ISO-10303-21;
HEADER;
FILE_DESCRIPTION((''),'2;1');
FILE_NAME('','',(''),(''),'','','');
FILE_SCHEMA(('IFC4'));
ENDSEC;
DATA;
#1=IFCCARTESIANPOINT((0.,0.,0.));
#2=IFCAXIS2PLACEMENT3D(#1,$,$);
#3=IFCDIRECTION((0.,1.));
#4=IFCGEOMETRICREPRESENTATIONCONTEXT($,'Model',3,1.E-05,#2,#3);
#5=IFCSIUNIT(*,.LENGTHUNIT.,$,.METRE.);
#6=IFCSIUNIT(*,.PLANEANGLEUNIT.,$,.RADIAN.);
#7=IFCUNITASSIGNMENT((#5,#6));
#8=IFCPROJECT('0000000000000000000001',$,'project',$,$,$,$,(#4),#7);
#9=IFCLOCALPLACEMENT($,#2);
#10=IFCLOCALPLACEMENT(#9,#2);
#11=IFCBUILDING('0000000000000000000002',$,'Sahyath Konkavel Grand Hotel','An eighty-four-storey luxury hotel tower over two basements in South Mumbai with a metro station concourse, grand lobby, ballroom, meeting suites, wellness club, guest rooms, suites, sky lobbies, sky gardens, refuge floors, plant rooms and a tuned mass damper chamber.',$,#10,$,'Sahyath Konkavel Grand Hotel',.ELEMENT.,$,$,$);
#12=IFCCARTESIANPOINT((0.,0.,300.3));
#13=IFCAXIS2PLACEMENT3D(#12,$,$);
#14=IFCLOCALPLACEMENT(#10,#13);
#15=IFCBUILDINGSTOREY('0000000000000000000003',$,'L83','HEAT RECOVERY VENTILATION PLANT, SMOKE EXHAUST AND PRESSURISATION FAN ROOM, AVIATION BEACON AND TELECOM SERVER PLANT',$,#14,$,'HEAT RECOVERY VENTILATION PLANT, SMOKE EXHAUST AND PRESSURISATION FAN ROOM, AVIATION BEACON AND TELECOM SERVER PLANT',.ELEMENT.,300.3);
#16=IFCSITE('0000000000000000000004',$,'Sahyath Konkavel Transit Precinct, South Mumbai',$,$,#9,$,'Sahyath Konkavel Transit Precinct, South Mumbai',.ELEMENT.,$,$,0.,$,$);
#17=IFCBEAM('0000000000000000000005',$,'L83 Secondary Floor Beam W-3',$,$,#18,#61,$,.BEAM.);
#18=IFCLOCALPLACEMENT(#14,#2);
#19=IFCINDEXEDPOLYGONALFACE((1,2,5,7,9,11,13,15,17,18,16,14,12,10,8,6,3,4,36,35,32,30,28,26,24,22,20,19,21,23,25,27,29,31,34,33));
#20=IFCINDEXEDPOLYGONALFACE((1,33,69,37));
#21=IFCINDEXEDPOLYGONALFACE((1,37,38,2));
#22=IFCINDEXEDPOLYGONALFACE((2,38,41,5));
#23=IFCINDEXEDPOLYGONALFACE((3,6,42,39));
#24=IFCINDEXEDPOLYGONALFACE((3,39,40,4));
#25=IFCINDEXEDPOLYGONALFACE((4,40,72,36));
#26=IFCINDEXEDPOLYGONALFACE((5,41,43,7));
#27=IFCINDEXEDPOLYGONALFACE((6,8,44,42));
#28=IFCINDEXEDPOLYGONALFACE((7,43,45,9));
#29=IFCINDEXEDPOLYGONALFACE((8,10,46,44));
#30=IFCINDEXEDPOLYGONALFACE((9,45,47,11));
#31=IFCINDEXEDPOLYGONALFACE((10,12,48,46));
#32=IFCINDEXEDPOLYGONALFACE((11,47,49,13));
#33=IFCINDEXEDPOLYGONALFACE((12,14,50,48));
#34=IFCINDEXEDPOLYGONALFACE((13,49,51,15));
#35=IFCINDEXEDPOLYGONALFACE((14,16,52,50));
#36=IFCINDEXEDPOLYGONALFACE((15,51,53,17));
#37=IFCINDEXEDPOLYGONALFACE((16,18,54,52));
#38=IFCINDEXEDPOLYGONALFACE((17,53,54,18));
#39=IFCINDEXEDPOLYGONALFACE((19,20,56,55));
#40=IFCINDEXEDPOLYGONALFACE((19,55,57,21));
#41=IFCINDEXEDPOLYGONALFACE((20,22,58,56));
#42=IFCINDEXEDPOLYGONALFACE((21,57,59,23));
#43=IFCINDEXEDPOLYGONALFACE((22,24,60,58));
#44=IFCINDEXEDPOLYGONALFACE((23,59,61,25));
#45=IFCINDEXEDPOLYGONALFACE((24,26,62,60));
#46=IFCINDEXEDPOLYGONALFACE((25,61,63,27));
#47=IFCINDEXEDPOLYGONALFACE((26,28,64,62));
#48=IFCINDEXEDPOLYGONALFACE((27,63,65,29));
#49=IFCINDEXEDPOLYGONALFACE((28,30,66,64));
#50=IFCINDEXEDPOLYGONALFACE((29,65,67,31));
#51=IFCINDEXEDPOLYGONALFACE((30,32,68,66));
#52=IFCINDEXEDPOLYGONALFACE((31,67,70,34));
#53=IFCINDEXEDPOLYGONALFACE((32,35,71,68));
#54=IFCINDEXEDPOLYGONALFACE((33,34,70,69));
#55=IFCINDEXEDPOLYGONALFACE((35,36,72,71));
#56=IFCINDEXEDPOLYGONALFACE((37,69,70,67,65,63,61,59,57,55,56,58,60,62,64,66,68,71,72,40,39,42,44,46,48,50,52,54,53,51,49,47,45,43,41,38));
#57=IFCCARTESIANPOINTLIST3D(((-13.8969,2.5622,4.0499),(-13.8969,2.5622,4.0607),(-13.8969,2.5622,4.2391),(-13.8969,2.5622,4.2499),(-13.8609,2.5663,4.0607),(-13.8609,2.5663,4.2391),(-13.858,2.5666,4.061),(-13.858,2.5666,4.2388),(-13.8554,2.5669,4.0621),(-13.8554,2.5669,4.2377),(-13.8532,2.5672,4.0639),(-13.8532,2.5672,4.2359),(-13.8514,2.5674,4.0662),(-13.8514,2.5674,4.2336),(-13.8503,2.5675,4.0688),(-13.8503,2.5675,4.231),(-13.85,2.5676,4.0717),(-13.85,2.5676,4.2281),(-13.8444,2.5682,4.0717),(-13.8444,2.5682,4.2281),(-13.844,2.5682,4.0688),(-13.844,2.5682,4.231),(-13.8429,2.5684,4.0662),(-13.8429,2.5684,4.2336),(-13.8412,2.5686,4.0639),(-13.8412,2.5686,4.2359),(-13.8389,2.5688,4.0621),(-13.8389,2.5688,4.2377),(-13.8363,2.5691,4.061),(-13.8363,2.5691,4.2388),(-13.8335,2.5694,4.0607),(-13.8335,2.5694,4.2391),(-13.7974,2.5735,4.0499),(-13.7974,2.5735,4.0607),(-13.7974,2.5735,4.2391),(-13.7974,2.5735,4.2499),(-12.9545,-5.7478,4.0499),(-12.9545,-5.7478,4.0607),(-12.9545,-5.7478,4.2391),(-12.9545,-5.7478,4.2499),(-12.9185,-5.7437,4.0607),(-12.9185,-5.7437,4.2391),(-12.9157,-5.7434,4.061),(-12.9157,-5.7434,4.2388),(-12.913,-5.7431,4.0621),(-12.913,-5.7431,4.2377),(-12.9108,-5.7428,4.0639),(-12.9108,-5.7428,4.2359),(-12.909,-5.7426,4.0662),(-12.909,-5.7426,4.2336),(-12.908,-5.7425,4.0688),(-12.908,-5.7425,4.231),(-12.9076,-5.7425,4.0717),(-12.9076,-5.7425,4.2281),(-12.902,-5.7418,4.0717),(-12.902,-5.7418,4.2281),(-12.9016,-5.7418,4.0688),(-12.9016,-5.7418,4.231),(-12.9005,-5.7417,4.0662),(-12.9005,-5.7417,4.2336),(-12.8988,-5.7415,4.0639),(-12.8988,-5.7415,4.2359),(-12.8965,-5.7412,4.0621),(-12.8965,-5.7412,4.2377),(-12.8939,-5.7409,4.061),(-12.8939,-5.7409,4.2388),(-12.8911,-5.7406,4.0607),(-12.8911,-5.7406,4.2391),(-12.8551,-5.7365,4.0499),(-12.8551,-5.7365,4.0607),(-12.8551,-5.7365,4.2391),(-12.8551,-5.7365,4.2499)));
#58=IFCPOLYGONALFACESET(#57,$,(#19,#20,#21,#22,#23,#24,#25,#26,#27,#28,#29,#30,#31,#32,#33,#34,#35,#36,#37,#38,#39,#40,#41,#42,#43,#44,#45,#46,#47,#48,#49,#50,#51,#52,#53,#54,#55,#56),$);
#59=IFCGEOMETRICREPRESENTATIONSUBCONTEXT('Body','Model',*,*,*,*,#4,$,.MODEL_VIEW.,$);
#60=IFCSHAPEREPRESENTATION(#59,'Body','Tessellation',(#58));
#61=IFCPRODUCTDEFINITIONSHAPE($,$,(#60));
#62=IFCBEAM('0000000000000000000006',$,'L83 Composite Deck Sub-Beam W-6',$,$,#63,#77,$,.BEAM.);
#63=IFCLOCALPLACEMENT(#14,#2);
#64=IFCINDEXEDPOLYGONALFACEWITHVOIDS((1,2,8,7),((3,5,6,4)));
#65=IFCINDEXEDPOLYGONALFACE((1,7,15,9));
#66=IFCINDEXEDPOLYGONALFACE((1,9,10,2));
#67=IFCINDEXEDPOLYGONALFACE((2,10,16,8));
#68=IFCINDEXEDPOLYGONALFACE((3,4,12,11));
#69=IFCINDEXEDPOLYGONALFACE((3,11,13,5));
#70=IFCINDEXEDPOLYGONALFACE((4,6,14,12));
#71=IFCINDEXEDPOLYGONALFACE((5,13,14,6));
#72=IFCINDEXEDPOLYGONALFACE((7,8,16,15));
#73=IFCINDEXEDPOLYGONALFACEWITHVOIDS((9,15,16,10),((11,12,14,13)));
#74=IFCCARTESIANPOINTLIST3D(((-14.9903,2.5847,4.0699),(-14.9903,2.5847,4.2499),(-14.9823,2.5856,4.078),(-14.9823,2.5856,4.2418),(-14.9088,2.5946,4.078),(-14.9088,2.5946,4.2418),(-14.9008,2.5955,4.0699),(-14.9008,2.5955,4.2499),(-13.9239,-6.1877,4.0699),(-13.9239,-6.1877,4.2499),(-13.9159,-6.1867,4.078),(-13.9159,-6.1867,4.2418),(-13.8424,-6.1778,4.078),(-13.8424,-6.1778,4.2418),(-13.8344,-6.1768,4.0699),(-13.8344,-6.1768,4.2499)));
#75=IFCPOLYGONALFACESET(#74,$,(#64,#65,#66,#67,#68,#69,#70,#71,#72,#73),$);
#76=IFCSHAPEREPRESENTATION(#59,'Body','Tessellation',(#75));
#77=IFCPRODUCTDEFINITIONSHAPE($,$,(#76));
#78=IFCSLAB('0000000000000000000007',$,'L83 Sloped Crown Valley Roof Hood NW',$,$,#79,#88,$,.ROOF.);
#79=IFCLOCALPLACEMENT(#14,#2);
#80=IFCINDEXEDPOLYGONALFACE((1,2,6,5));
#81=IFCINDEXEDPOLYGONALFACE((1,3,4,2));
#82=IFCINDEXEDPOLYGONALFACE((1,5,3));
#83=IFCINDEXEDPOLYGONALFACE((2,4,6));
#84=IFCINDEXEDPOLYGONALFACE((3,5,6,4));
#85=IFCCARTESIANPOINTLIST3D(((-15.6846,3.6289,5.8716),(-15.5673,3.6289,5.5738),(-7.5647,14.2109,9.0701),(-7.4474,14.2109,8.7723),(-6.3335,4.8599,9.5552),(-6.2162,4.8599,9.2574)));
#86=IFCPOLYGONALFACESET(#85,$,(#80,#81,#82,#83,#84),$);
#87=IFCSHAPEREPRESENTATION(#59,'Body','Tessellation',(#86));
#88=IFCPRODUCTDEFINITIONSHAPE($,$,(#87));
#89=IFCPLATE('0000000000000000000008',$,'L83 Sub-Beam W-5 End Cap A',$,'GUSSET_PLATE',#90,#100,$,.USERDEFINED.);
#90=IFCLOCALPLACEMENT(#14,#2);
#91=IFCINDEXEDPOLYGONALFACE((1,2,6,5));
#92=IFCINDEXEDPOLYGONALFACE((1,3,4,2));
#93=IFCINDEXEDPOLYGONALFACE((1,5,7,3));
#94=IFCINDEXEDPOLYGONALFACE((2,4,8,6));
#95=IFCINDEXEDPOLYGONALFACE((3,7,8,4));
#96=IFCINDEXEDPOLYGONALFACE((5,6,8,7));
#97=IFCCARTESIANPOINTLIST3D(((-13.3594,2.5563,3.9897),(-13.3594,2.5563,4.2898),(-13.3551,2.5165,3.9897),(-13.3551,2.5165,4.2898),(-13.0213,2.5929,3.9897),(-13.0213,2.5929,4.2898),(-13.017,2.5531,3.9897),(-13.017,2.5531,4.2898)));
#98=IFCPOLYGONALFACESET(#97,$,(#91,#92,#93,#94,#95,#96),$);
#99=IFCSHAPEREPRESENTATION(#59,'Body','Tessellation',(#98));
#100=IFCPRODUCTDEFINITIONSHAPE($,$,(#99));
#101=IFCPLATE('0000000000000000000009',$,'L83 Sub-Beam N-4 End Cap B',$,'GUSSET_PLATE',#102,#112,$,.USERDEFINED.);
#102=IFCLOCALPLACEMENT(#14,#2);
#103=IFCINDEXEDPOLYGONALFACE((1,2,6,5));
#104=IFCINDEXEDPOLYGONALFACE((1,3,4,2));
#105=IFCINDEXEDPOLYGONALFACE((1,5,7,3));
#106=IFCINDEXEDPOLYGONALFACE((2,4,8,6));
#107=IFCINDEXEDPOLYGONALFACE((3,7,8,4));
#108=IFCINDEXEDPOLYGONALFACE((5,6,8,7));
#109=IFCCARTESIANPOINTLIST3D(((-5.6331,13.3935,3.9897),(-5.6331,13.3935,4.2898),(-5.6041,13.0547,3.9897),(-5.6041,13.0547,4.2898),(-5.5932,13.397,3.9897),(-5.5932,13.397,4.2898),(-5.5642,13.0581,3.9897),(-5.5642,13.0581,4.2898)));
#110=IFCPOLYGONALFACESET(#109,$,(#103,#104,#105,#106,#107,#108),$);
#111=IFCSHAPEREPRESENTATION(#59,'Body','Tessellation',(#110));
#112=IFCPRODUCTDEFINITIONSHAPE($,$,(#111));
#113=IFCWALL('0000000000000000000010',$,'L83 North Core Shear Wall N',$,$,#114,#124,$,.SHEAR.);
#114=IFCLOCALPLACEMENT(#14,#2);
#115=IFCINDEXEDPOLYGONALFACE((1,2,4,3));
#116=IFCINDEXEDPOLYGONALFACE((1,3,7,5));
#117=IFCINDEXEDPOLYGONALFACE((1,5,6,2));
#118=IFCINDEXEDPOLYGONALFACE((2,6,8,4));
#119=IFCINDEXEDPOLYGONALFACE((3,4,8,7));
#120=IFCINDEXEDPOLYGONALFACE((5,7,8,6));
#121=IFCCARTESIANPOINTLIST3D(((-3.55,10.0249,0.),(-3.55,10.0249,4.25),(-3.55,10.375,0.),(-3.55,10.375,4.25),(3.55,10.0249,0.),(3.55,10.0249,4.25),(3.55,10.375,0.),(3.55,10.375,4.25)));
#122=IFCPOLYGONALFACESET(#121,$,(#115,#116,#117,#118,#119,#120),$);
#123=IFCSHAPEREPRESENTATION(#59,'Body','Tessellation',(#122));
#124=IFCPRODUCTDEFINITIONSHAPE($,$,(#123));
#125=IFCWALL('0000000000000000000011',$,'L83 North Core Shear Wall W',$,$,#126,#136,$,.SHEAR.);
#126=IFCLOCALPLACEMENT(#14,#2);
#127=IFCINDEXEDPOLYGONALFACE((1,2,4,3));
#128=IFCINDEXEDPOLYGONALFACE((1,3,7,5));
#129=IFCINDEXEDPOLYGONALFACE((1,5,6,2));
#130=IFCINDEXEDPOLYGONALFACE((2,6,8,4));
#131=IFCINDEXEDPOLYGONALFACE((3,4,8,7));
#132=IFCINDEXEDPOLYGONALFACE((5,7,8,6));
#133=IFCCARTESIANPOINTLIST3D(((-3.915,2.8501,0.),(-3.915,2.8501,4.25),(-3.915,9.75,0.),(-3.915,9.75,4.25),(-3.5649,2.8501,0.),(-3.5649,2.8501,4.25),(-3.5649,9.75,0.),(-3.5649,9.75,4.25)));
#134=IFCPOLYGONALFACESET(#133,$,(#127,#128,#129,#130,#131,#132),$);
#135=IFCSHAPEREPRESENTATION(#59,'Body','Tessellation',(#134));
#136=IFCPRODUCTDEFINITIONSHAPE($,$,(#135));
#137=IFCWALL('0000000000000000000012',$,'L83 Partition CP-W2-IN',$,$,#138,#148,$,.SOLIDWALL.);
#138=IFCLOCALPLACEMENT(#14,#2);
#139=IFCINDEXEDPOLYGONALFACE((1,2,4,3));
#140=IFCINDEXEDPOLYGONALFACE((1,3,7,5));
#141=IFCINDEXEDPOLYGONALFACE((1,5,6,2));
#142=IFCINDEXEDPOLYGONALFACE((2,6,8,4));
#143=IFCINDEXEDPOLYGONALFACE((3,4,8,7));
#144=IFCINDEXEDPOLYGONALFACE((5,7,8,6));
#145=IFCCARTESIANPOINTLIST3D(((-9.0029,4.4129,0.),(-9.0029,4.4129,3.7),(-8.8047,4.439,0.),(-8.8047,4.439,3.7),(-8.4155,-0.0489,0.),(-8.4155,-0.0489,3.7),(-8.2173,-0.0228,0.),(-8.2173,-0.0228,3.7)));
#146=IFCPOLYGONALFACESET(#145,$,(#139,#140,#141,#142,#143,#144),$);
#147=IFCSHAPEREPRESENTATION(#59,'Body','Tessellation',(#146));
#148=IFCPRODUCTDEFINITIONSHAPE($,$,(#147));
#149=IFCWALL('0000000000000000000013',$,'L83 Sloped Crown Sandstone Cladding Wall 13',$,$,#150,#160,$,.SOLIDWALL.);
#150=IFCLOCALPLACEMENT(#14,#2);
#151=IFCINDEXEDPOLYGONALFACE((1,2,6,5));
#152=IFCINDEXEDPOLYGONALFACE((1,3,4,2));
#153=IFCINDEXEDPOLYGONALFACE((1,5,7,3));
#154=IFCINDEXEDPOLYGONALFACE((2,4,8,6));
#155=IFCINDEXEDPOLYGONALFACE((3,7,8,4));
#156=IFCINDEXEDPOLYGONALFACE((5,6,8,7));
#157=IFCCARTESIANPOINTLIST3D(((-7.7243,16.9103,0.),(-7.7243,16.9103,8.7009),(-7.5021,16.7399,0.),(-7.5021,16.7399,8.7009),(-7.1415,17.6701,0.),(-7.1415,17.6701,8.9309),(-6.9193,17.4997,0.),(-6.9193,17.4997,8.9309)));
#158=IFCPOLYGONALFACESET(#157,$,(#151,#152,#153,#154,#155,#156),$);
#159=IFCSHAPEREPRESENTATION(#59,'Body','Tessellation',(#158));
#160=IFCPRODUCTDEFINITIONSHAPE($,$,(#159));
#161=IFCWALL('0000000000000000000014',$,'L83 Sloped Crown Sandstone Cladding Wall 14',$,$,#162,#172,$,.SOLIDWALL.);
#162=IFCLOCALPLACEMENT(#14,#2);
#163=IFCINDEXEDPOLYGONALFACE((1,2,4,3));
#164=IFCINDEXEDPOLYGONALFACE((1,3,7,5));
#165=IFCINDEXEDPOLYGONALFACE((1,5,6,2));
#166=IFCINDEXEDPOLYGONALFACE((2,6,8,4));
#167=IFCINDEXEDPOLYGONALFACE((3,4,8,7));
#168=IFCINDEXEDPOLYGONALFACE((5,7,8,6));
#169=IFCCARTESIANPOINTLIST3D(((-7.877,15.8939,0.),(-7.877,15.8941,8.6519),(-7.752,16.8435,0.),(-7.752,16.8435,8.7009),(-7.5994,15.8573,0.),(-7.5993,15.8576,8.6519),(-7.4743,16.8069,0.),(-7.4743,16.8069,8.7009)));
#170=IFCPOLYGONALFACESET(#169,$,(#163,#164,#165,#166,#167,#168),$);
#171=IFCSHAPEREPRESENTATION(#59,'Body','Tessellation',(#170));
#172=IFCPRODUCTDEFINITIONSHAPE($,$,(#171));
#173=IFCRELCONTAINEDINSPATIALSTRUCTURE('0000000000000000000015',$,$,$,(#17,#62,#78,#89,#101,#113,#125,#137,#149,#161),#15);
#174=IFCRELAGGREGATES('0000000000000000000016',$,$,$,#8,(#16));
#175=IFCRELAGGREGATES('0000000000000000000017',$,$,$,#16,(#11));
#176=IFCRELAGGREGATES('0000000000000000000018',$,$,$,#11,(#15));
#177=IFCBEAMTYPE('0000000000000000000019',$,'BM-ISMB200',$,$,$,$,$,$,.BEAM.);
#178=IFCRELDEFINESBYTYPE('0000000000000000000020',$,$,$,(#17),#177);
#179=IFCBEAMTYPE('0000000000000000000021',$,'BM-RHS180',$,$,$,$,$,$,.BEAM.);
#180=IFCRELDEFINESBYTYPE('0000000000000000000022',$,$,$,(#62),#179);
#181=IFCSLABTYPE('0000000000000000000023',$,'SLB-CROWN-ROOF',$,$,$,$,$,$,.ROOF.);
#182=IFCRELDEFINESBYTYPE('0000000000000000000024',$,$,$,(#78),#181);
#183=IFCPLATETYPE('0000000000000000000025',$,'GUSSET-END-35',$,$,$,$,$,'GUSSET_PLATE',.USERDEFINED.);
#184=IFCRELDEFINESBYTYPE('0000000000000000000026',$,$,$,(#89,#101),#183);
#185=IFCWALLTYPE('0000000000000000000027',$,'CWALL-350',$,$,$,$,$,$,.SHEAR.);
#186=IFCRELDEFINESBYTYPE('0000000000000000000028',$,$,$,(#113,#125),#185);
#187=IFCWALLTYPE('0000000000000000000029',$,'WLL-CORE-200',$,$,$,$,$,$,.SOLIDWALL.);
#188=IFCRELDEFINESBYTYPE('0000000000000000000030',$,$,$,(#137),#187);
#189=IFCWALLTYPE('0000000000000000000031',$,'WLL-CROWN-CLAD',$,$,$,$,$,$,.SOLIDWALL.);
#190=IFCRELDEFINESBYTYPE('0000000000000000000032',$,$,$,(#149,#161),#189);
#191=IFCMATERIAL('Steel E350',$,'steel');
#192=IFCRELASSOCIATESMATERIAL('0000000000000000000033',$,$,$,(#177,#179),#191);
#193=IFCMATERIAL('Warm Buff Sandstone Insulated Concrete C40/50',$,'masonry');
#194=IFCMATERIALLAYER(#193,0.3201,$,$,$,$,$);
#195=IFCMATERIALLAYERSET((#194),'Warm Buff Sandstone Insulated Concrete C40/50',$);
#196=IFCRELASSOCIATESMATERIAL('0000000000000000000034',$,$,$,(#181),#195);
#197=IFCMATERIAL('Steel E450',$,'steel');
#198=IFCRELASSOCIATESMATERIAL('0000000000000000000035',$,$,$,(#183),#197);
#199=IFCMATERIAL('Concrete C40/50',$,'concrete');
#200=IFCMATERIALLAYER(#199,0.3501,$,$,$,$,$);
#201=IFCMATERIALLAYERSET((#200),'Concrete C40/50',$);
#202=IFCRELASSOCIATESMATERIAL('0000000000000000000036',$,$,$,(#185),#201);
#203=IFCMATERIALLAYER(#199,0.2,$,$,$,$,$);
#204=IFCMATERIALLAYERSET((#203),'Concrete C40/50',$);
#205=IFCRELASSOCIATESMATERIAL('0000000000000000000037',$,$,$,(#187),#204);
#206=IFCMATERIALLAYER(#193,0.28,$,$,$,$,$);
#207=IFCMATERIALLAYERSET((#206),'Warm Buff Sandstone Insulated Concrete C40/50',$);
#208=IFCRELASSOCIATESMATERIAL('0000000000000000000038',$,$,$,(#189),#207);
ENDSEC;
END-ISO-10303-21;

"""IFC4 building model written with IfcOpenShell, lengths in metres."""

from ifc_helpers import new_model, si_unit, direction, frame, frame_2d, origin, origin_2d, place, context, subcontext, project, spatial, polyline, rectangle, hollow_rectangle, i_section, outline, extrude, source, transform, mapped, material, layer, layer_set, material_profile, profile_set, type_object, element, save


model = new_model("IFC4")

# Units and contexts
model_context = context("Model", 3, precision=1e-05, world=origin(), true_north=direction((0.0, 1.0)))
body_context = subcontext(model_context, "Body", "Model", "MODEL_VIEW")
ifc_project = project(units=[si_unit("LENGTHUNIT", "METRE"), si_unit("PLANEANGLEUNIT", "RADIAN")], contexts=[model_context])

# Site, building, storey
site_placement = place(None, origin())
site = spatial("IfcSite", under=ifc_project, at=site_placement, Name="Sahyath Konkavel Transit Precinct, South Mumbai", LongName="Sahyath Konkavel Transit Precinct, South Mumbai", CompositionType="ELEMENT", RefElevation=0.0)
building_placement = place(site_placement, origin())
building = spatial("IfcBuilding", under=site, at=building_placement, Name="Sahyath Konkavel Grand Hotel", Description="An eighty-four-storey luxury hotel tower over two basements in South Mumbai with a metro station concourse, grand lobby, ballroom, meeting suites, wellness club, guest rooms, suites, sky lobbies, sky gardens, refuge floors, plant rooms and a tuned mass damper chamber.", LongName="Sahyath Konkavel Grand Hotel", CompositionType="ELEMENT")
storey_placement = place(building_placement, frame((0.0, 0.0, 300.3)))
storey = spatial("IfcBuildingStorey", under=building, at=storey_placement, Name="L83", Description="HEAT RECOVERY VENTILATION PLANT, SMOKE EXHAUST AND PRESSURISATION FAN ROOM, AVIATION BEACON AND TELECOM SERVER PLANT", LongName="HEAT RECOVERY VENTILATION PLANT, SMOKE EXHAUST AND PRESSURISATION FAN ROOM, AVIATION BEACON AND TELECOM SERVER PLANT", CompositionType="ELEMENT", Elevation=300.3)

# Shared definitions
ifc_material_1 = material(Name="Concrete C40/50", Category="concrete")
ifc_material_2 = material(Name="Steel E350", Category="steel")

# Beams
ifc_material_profile_1 = material_profile(ifc_material_2, i_section(OverallWidth=0.1001, OverallDepth=0.2, WebThickness=0.0056, FlangeThickness=0.0107, FilletRadius=0.011, at=origin_2d()), Name="ISMB 200")
ifc_profile_set_1 = profile_set([ifc_material_profile_1], Name="Steel E350")
beam_type_1 = type_object("IfcBeamType", Name="BM-ISMB200", PredefinedType="BEAM", material=ifc_profile_set_1)
shared_shape_1 = source(origin(), body_context, "Body", "SweptSolid", [
    extrude(i_section(OverallWidth=0.1001, OverallDepth=0.2, WebThickness=0.0056, FlangeThickness=0.0107, FilletRadius=0.011, at=origin_2d()), origin(), (0.0, 0.0, 1.0), 8.3633),
])
beam_1_placement = place(storey_placement, frame((-13.8472, 2.5679, 4.1499), z_axis=(0.11268, -0.993631, 0.0), x_axis=(0.993631, 0.11268, 0.0)))
element("IfcBeam", 1, at=beam_1_placement, inside=storey, type_object=beam_type_1, Name="L83 Secondary Floor Beam W-3", PredefinedType="BEAM", context=body_context, shape_type="MappedRepresentation", body=[
    mapped(shared_shape_1, transform((0.0, 0.0, 0.0), scale=1.0)),
])
ifc_material_profile_2 = material_profile(ifc_material_2, hollow_rectangle(XDim=0.0901, YDim=0.1799, WallThickness=0.0081, at=origin_2d()), Name="RHS 180x90x8")
ifc_profile_set_2 = profile_set([ifc_material_profile_2], Name="Steel E350")
beam_type_2 = type_object("IfcBeamType", Name="BM-RHS180", PredefinedType="BEAM", material=ifc_profile_set_2)
shared_shape_2 = source(origin(), body_context, "Body", "SweptSolid", [
    extrude(hollow_rectangle(XDim=0.0901, YDim=0.1799, WallThickness=0.0081, at=origin_2d()), origin(), (0.0, 0.0, 1.0), 8.8369),
])
beam_2_placement = place(storey_placement, frame((-14.9456, 2.5901, 4.1599), z_axis=(0.120678, -0.992692, 0.0), x_axis=(0.992692, 0.120678, 0.0)))
element("IfcBeam", 2, at=beam_2_placement, inside=storey, type_object=beam_type_2, Name="L83 Composite Deck Sub-Beam W-6", PredefinedType="BEAM", context=body_context, shape_type="MappedRepresentation", body=[
    mapped(shared_shape_2, transform((0.0, 0.0, 0.0), scale=1.0)),
])

# Slab
ifc_material_3 = material(Name="Warm Buff Sandstone Insulated Concrete C40/50", Category="masonry")
ifc_layer_1 = layer(ifc_material_3, 0.3201)
ifc_layer_set_1 = layer_set([ifc_layer_1], Name="Warm Buff Sandstone Insulated Concrete C40/50")
slab_type = type_object("IfcSlabType", Name="SLB-CROWN-ROOF", PredefinedType="ROOF", material=ifc_layer_set_1)
slab_placement = place(storey_placement, frame((-7.5647, 14.2109, 9.0701), z_axis=(-0.366512, 0.000011, 0.930413), x_axis=(0.130365, -0.990135, 0.051365)))
element("IfcSlab", 3, at=slab_placement, inside=storey, type_object=slab_type, Name="L83 Sloped Crown Valley Roof Hood NW", PredefinedType="ROOF", context=body_context, shape_type="SweptSolid", body=[
    extrude(outline(polyline([(0.0, 0.0), (9.4442, 0.0), (9.2548, -10.1238), (0.0, 0.0)])), origin(), (0.0, 0.0, -1.0), 0.3201),
])

# Plates
ifc_material_4 = material(Name="Steel E450", Category="steel")
plate_type = type_object("IfcPlateType", Name="GUSSET-END-35", ElementType="GUSSET_PLATE", PredefinedType="USERDEFINED", material=ifc_material_4)
shared_shape_3 = source(origin(), body_context, "Body", "SweptSolid", [
    extrude(rectangle(XDim=0.04, YDim=0.3401, at=origin_2d()), origin(), (0.0, 0.0, 1.0), 0.3),
])
for number, where, z_axis, x_axis, name in (
    (4, (-13.1882, 2.5547, 3.9897), (0.0, 0.0, 1.0), (0.107427, -0.994213, 0.0), "L83 Sub-Beam W-5 End Cap A"),
    (5, (-5.5986, 13.2258, 3.9897), (0.0, 0.0, 1.0), (-0.996356, -0.085295, 0.0), "L83 Sub-Beam N-4 End Cap B"),
):
    element("IfcPlate", number, at=place(storey_placement, frame(where, z_axis=z_axis, x_axis=x_axis)), inside=storey, type_object=plate_type, Name=name, ObjectType="GUSSET_PLATE", PredefinedType="USERDEFINED", context=body_context, shape_type="MappedRepresentation", body=[
        mapped(shared_shape_3, transform((0.0, 0.0, 0.0), scale=1.0)),
    ])

# Walls
ifc_layer_2 = layer(ifc_material_1, 0.3501)
ifc_layer_set_2 = layer_set([ifc_layer_2], Name="Concrete C40/50")
wall_type_1 = type_object("IfcWallType", Name="CWALL-350", PredefinedType="SHEAR", material=ifc_layer_set_2)
wall_1_placement = place(storey_placement, frame((-3.55, 10.2, 0.0), z_axis=(0.0, 0.0, 1.0), x_axis=(1.0, 0.0, 0.0)))
element("IfcWall", 6, at=wall_1_placement, inside=storey, type_object=wall_type_1, Name="L83 North Core Shear Wall N", PredefinedType="SHEAR", context=body_context, shape_type="SweptSolid", body=[
    extrude(rectangle(XDim=7.1001, YDim=0.3501, at=frame_2d((3.55, 0.0))), origin(), (0.0, 0.0, 1.0), 4.25),
])
wall_2_placement = place(storey_placement, frame((-3.74, 2.8501, 0.0), z_axis=(0.0, 0.0, 1.0), x_axis=(0.0, 1.0, 0.0)))
element("IfcWall", 7, at=wall_2_placement, inside=storey, type_object=wall_type_1, Name="L83 North Core Shear Wall W", PredefinedType="SHEAR", context=body_context, shape_type="SweptSolid", body=[
    extrude(rectangle(XDim=6.8999, YDim=0.3501, at=frame_2d((3.45, 0.0))), origin(), (0.0, 0.0, 1.0), 4.25),
])
ifc_layer_3 = layer(ifc_material_1, 0.2)
ifc_layer_set_3 = layer_set([ifc_layer_3], Name="Concrete C40/50")
wall_type_2 = type_object("IfcWallType", Name="WLL-CORE-200", PredefinedType="SOLIDWALL", material=ifc_layer_set_3)
wall_3_placement = place(storey_placement, frame((-8.9038, 4.4258, 0.0), z_axis=(0.0, 0.0, 1.0), x_axis=(0.130529, -0.991445, 0.0)))
element("IfcWall", 8, at=wall_3_placement, inside=storey, type_object=wall_type_2, Name="L83 Partition CP-W2-IN", PredefinedType="SOLIDWALL", context=body_context, shape_type="SweptSolid", body=[
    extrude(rectangle(XDim=4.5002, YDim=0.2, at=frame_2d((2.25, 0.0))), origin(), (0.0, 0.0, 1.0), 3.7),
])
ifc_layer_4 = layer(ifc_material_3, 0.28)
ifc_layer_set_4 = layer_set([ifc_layer_4], Name="Warm Buff Sandstone Insulated Concrete C40/50")
wall_type_3 = type_object("IfcWallType", Name="WLL-CROWN-CLAD", PredefinedType="SOLIDWALL", material=ifc_layer_set_4)
wall_4_placement = place(storey_placement, frame((-7.0305, 17.585, 0.0), z_axis=(0.0, 0.0, 1.0), x_axis=(-0.608614, -0.793467, 0.0)))
element("IfcWall", 9, at=wall_4_placement, inside=storey, type_object=wall_type_3, Name="L83 Sloped Crown Sandstone Cladding Wall 13", PredefinedType="SOLIDWALL", context=body_context, shape_type="SweptSolid", body=[
    extrude(outline(polyline([(0.0, 0.0), (0.9575, 0.0), (0.9575, 8.7009), (0.0, 8.9309), (0.0, 0.0)])), frame((0.0, 0.1401, 0.0), z_axis=(0.0, -1.0, 0.0), x_axis=(1.0, 0.0, 0.0)), (0.0, 0.0, 1.0), 0.28),
])
wall_5_placement = place(storey_placement, frame((-7.6133, 16.8252, 0.0), z_axis=(0.0, 0.0, 1.0), x_axis=(-0.130527, -0.991445, 0.0)))
element("IfcWall", 10, at=wall_5_placement, inside=storey, type_object=wall_type_3, Name="L83 Sloped Crown Sandstone Cladding Wall 14", PredefinedType="SOLIDWALL", context=body_context, shape_type="SweptSolid", body=[
    extrude(outline(polyline([(0.0, 0.0), (0.9578, 0.0), (0.9575, 8.6519), (0.0, 8.7009), (0.0, 0.0)])), frame((0.0, 0.1401, 0.0), z_axis=(0.0, -1.0, 0.0), x_axis=(1.0, 0.0, 0.0)), (0.0, 0.0, 1.0), 0.28),
])

save(model, "model.ifc")
